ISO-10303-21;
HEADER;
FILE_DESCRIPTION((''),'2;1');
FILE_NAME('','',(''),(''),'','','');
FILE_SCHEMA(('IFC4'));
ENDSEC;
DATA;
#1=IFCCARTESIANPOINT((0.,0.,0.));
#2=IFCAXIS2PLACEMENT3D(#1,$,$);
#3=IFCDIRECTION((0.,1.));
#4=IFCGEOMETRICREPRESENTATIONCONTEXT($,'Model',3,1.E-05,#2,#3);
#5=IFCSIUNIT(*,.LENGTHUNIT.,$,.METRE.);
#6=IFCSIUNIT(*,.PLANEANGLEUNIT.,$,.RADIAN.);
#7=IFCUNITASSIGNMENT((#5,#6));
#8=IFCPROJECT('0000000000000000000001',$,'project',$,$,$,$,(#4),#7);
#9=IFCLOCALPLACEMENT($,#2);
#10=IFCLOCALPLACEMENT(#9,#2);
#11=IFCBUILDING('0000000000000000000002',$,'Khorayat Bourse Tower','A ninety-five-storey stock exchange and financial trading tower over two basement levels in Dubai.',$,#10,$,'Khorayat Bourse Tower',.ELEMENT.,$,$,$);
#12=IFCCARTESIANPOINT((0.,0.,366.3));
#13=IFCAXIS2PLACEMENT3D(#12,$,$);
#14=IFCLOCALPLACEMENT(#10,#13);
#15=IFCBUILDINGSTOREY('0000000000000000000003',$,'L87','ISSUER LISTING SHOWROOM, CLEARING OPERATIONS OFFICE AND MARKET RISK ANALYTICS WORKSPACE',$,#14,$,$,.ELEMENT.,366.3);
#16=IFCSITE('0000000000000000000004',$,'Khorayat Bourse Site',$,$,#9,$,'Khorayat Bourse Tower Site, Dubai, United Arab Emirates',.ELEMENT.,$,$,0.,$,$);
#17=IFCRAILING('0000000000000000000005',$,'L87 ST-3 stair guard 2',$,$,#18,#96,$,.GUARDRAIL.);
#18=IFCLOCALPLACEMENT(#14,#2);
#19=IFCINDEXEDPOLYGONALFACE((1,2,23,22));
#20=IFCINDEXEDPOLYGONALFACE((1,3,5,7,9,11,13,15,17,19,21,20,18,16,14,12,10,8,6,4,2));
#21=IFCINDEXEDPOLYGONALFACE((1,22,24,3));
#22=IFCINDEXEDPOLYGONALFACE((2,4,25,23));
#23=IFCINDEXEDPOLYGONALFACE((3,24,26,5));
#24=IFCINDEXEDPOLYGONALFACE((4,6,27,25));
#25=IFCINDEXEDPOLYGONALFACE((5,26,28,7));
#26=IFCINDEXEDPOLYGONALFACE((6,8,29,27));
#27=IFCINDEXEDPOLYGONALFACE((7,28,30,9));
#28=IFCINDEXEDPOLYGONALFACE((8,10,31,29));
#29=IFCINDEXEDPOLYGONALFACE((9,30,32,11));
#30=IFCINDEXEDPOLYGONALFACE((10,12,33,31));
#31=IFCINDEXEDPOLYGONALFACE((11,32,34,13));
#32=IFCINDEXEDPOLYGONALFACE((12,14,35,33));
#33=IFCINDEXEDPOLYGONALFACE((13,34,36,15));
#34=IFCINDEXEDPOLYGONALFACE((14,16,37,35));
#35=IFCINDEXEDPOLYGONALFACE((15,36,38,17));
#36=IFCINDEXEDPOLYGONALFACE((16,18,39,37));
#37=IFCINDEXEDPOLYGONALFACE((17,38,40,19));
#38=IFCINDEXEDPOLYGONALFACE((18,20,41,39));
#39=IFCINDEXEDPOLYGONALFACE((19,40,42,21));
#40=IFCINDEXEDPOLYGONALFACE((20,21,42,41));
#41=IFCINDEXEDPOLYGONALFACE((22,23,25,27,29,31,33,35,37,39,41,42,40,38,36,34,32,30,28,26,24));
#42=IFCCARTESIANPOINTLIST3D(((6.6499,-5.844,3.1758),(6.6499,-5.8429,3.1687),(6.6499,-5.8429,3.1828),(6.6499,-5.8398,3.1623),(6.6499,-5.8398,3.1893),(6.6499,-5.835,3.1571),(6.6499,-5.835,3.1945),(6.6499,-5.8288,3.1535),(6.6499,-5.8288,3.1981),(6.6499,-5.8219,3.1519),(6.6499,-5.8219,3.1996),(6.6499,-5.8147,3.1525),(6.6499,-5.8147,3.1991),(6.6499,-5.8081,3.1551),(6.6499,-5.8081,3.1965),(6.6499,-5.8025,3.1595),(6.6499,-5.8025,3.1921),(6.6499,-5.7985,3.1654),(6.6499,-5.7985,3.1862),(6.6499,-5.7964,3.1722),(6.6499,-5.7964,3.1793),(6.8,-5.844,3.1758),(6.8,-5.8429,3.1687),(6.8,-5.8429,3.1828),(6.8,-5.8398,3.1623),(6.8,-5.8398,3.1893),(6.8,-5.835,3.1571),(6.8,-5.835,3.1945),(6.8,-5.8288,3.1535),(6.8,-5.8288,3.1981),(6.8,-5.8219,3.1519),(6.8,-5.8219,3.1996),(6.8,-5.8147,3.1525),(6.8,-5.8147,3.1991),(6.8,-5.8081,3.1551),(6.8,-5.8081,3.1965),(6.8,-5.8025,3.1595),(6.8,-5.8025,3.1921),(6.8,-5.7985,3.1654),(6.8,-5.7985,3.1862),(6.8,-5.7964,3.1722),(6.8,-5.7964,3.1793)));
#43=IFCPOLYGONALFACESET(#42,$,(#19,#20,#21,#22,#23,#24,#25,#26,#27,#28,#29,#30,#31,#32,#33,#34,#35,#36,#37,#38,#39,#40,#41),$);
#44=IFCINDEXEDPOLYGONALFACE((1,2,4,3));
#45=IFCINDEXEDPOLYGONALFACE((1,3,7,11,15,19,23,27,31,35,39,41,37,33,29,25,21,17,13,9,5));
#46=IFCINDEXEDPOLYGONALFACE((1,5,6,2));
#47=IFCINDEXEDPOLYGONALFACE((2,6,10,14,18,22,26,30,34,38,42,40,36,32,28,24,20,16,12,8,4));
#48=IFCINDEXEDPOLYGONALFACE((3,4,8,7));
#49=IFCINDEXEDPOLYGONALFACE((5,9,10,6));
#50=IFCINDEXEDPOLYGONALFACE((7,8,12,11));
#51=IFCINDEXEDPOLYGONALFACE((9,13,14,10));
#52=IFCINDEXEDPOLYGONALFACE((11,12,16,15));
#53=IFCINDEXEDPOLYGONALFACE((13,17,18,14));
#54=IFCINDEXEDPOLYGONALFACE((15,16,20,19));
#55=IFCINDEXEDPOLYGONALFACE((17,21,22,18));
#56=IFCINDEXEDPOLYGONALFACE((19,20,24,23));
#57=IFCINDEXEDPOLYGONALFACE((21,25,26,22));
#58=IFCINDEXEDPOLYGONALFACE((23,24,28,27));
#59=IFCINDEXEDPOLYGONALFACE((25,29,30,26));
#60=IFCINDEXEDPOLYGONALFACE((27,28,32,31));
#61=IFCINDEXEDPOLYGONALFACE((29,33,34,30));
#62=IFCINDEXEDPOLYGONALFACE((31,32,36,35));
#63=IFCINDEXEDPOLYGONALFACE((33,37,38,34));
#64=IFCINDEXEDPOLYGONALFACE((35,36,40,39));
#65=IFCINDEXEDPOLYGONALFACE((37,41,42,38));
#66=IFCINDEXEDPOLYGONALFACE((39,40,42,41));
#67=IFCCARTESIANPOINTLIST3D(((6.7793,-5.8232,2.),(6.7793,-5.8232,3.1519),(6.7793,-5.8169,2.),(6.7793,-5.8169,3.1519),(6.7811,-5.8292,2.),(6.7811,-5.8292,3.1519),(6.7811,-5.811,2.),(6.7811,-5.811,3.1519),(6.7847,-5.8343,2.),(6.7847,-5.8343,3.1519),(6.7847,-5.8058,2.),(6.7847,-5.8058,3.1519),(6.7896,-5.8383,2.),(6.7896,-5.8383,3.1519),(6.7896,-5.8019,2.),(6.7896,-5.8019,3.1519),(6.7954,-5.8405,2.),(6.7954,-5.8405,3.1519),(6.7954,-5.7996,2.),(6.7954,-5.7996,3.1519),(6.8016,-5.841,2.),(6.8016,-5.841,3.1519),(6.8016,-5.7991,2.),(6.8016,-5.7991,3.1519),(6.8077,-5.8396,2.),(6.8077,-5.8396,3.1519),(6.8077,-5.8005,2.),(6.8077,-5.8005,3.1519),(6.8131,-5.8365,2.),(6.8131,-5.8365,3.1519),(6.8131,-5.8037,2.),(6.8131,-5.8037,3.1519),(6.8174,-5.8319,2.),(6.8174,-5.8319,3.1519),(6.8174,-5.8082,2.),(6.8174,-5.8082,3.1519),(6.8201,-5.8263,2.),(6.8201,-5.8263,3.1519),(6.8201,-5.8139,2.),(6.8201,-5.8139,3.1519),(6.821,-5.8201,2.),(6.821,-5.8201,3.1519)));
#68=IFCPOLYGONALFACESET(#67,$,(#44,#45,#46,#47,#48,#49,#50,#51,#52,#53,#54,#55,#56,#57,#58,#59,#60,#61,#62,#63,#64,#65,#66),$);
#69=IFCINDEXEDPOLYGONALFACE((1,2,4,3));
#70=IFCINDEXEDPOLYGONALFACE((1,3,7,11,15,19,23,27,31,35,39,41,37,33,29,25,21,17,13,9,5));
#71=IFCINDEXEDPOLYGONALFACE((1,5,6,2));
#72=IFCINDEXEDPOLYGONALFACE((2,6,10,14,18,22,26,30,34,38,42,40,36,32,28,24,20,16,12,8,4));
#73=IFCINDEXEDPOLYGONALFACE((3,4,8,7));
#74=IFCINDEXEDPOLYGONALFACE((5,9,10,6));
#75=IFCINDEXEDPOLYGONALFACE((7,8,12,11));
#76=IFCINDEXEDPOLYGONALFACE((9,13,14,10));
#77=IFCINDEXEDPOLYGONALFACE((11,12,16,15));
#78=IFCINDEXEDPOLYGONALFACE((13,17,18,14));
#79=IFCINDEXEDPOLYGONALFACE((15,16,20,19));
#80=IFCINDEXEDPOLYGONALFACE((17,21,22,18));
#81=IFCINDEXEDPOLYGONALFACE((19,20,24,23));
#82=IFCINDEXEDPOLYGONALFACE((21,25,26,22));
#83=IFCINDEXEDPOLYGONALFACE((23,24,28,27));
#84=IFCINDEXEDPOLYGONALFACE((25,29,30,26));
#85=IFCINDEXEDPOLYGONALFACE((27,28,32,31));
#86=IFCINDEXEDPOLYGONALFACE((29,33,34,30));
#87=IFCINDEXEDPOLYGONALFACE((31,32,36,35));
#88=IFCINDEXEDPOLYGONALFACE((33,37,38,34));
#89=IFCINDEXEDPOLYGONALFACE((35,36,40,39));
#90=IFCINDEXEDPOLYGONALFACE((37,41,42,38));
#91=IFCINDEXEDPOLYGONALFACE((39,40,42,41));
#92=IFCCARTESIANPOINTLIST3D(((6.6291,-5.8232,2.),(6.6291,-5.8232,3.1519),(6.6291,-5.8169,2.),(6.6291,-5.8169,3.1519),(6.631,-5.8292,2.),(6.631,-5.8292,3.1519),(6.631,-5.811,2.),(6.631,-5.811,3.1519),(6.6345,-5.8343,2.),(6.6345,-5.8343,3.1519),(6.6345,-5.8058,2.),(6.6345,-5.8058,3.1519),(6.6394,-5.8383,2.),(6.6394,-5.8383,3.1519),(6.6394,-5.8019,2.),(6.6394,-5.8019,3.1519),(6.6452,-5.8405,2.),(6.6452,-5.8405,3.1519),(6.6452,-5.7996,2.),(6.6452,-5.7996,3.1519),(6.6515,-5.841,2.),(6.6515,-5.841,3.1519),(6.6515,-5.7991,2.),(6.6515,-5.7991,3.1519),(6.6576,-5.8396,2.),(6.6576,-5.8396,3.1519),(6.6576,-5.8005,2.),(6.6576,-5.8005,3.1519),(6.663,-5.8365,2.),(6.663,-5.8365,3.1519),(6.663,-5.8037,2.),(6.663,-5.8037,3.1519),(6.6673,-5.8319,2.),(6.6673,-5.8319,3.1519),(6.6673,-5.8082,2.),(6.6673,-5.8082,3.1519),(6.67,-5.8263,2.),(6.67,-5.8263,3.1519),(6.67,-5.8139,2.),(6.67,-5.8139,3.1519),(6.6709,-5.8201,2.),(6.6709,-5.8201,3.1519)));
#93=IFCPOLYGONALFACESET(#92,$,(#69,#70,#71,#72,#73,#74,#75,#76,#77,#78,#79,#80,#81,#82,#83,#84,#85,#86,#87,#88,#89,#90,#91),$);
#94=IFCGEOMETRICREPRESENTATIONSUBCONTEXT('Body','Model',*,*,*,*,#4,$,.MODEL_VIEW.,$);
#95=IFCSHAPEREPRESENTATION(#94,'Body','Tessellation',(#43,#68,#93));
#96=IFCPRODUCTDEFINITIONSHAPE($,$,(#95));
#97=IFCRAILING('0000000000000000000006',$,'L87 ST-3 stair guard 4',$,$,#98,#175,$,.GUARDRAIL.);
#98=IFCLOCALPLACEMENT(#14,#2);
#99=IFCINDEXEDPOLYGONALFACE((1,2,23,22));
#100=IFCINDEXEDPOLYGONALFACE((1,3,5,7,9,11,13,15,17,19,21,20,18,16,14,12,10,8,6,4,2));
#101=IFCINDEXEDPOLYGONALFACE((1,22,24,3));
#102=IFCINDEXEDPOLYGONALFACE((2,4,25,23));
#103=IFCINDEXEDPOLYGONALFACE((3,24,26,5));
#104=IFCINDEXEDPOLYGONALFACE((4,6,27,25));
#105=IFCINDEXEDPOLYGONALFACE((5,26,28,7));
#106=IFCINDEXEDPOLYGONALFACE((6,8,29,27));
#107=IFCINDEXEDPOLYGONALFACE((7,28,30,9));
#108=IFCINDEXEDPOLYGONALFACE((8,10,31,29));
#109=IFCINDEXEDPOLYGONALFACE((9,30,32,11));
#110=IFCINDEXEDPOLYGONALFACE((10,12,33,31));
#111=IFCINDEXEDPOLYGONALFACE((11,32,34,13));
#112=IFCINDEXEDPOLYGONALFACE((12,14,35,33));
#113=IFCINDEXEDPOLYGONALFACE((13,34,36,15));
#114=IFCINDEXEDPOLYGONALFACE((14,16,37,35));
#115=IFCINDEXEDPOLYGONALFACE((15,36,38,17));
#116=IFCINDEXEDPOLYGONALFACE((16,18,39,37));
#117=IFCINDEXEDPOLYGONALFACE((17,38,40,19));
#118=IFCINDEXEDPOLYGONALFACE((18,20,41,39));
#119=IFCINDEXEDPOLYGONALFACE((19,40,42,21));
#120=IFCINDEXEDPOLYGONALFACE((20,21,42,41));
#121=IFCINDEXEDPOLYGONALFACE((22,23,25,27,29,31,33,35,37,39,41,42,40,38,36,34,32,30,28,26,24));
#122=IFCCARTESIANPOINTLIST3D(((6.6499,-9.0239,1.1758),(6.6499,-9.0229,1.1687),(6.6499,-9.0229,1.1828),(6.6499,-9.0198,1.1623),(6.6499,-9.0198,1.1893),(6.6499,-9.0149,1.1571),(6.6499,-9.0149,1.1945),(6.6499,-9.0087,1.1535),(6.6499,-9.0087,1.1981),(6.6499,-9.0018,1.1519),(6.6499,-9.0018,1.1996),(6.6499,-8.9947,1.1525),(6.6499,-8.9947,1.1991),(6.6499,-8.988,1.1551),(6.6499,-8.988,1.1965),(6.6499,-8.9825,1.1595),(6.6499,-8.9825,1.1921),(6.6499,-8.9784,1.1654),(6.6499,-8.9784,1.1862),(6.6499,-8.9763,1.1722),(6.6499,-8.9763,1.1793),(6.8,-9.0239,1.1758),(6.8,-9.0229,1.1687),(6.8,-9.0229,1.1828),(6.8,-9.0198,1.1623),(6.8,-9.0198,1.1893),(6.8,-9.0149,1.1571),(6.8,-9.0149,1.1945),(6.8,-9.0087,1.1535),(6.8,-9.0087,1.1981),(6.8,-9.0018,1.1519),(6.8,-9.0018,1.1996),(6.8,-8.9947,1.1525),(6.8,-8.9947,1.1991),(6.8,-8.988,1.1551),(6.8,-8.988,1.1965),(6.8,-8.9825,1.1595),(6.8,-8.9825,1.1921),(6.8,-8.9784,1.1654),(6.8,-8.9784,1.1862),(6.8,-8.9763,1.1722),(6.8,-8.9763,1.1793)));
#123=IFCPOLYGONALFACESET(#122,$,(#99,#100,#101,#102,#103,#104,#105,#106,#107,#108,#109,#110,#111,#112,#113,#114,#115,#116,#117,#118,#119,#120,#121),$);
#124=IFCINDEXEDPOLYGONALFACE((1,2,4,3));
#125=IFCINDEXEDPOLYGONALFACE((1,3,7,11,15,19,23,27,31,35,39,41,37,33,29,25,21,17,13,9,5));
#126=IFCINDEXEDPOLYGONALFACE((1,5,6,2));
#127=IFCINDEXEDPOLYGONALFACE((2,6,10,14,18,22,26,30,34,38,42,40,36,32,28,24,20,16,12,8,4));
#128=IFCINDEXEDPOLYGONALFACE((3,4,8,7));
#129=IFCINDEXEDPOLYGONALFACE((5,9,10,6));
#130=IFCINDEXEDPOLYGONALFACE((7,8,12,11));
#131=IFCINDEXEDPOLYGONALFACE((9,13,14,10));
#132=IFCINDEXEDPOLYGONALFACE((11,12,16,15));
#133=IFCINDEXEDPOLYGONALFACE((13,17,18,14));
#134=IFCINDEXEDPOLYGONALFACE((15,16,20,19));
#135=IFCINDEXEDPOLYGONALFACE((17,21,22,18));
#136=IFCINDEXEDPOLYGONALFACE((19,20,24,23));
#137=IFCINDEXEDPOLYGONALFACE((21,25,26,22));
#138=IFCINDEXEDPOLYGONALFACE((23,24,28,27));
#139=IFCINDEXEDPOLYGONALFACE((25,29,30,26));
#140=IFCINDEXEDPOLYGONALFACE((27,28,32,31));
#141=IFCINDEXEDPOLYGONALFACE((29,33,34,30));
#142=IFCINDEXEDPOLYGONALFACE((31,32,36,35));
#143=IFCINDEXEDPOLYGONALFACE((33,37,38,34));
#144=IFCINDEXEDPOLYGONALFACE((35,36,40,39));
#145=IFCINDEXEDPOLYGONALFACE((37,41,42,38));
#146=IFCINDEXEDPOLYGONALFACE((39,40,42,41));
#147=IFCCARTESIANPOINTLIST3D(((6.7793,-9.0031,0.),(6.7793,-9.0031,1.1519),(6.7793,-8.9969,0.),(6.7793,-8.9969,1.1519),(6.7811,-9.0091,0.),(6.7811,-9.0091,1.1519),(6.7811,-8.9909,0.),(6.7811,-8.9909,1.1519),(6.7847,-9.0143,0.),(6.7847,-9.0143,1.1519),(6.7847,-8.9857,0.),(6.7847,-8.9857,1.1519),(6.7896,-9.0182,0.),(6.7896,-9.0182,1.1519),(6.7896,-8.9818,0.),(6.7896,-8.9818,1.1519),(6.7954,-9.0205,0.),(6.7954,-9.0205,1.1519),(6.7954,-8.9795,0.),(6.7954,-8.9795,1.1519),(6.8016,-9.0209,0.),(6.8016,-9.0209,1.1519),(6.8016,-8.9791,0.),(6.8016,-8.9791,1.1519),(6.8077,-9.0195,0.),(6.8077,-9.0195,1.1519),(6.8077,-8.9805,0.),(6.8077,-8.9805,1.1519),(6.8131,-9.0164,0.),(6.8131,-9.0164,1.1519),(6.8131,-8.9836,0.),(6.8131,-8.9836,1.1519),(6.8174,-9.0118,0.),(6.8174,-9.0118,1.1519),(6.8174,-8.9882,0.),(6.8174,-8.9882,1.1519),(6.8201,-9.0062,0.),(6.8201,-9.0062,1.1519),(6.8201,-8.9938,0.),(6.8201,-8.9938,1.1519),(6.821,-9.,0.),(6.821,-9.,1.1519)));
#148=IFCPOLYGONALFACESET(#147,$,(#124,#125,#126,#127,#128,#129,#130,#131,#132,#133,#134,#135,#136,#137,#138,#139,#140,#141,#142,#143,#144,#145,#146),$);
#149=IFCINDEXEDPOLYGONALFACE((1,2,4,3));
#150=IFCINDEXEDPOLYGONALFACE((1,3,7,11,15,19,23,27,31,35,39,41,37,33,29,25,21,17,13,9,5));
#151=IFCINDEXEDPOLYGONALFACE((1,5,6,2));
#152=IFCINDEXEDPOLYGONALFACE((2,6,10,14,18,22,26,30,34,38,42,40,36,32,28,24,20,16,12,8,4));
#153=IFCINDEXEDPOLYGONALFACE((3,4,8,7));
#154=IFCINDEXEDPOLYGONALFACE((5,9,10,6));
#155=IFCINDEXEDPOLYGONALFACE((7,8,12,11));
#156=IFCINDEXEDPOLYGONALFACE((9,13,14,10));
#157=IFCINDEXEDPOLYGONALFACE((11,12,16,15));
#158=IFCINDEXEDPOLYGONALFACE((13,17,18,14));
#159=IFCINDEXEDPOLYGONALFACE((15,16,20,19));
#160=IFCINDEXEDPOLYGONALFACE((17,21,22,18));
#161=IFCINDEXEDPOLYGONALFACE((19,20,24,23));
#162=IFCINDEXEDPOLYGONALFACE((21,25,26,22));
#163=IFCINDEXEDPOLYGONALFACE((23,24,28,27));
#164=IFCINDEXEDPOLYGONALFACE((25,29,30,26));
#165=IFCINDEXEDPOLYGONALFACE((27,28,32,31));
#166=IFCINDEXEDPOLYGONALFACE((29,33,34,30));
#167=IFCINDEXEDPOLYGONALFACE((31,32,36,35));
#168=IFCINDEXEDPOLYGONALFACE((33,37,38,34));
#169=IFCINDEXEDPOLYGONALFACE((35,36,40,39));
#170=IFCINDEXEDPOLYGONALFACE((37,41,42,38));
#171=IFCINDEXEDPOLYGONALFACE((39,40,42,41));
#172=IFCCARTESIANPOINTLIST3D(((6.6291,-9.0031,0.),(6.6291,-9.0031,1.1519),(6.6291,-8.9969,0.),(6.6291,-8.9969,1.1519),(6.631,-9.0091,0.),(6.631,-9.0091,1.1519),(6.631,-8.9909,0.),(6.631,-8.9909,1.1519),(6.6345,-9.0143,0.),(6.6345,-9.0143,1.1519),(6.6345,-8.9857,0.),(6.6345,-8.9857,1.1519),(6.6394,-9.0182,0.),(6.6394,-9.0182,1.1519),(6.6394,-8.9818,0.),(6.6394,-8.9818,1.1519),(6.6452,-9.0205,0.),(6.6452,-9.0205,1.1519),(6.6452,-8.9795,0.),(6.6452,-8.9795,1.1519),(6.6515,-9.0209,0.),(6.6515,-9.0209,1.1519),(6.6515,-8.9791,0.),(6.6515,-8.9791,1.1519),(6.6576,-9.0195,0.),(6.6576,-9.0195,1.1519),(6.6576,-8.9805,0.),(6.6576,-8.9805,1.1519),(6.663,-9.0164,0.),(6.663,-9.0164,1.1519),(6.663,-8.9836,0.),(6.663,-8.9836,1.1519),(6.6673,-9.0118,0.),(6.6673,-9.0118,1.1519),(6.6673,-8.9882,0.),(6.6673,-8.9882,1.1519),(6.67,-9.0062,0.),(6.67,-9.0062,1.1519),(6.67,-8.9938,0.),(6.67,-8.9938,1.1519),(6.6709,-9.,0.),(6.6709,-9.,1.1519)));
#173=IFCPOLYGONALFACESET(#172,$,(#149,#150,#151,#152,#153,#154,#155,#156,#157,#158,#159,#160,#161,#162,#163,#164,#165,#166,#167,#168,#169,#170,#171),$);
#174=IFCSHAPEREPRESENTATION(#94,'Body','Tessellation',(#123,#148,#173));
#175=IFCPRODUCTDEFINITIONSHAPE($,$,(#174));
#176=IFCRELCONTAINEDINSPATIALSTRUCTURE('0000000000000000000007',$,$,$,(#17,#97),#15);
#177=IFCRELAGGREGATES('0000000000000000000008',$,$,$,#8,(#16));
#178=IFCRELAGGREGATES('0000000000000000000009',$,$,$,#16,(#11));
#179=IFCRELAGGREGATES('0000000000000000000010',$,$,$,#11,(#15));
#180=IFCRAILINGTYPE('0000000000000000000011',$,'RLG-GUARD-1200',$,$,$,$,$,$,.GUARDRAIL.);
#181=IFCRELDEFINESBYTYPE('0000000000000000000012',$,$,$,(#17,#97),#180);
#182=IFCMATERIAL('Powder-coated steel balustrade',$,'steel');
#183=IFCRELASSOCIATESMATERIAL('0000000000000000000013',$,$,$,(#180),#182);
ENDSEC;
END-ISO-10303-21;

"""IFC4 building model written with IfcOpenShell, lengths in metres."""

from ifc_helpers import new_model, si_unit, direction, frame, origin, origin_2d, place, context, subcontext, project, spatial, circle, extrude, source, transform, mapped, material, type_object, element, save


model = new_model("IFC4")

# Units and contexts
model_context = context("Model", 3, precision=1e-05, world=origin(), true_north=direction((0.0, 1.0)))
body_context = subcontext(model_context, "Body", "Model", "MODEL_VIEW")
ifc_project = project(units=[si_unit("LENGTHUNIT", "METRE"), si_unit("PLANEANGLEUNIT", "RADIAN")], contexts=[model_context])

# Site, building, storey
site_placement = place(None, origin())
site = spatial("IfcSite", under=ifc_project, at=site_placement, Name="Khorayat Bourse Site", LongName="Khorayat Bourse Tower Site, Dubai, United Arab Emirates", CompositionType="ELEMENT", RefElevation=0.0)
building_placement = place(site_placement, origin())
building = spatial("IfcBuilding", under=site, at=building_placement, Name="Khorayat Bourse Tower", Description="A ninety-five-storey stock exchange and financial trading tower over two basement levels in Dubai.", LongName="Khorayat Bourse Tower", CompositionType="ELEMENT")
storey_placement = place(building_placement, frame((0.0, 0.0, 366.3)))
storey = spatial("IfcBuildingStorey", under=building, at=storey_placement, Name="L87", Description="ISSUER LISTING SHOWROOM, CLEARING OPERATIONS OFFICE AND MARKET RISK ANALYTICS WORKSPACE", CompositionType="ELEMENT", Elevation=366.3)

# Railings
ifc_material_1 = material(Name="Powder-coated steel balustrade", Category="steel")
railing_type_1 = type_object("IfcRailingType", Name="RLG-GUARD-1200", PredefinedType="GUARDRAIL", material=ifc_material_1)
shared_shape_1 = source(origin(), body_context, "Body", "SweptSolid", [
    extrude(circle(Radius=0.0239, at=origin_2d()), frame((0.0, 0.0, 1.1758), z_axis=(-1.0, 0.0, 0.0), x_axis=(0.0, -1.0, 0.0)), (0.0, 0.0, 1.0), 0.1501),
    extrude(circle(Radius=0.021, at=origin_2d()), origin(), (0.0, 0.0, 1.0), 1.1519),
    extrude(circle(Radius=0.021, at=origin_2d()), frame((-0.1501, 0.0, 0.0)), (0.0, 0.0, 1.0), 1.1519),
])
for number, where, name in (
    (1, (6.8, -5.8201, 2.0), "L87 ST-3 stair guard 2"),
    (2, (6.8, -9.0, 0.0), "L87 ST-3 stair guard 4"),
):
    element("IfcRailing", number, at=place(storey_placement, frame(where)), inside=storey, type_object=railing_type_1, Name=name, PredefinedType="GUARDRAIL", context=body_context, shape_type="MappedRepresentation", body=[
        mapped(shared_shape_1, transform((0.0, 0.0, 0.0), scale=1.0)),
    ])

save(model, "model.ifc")
